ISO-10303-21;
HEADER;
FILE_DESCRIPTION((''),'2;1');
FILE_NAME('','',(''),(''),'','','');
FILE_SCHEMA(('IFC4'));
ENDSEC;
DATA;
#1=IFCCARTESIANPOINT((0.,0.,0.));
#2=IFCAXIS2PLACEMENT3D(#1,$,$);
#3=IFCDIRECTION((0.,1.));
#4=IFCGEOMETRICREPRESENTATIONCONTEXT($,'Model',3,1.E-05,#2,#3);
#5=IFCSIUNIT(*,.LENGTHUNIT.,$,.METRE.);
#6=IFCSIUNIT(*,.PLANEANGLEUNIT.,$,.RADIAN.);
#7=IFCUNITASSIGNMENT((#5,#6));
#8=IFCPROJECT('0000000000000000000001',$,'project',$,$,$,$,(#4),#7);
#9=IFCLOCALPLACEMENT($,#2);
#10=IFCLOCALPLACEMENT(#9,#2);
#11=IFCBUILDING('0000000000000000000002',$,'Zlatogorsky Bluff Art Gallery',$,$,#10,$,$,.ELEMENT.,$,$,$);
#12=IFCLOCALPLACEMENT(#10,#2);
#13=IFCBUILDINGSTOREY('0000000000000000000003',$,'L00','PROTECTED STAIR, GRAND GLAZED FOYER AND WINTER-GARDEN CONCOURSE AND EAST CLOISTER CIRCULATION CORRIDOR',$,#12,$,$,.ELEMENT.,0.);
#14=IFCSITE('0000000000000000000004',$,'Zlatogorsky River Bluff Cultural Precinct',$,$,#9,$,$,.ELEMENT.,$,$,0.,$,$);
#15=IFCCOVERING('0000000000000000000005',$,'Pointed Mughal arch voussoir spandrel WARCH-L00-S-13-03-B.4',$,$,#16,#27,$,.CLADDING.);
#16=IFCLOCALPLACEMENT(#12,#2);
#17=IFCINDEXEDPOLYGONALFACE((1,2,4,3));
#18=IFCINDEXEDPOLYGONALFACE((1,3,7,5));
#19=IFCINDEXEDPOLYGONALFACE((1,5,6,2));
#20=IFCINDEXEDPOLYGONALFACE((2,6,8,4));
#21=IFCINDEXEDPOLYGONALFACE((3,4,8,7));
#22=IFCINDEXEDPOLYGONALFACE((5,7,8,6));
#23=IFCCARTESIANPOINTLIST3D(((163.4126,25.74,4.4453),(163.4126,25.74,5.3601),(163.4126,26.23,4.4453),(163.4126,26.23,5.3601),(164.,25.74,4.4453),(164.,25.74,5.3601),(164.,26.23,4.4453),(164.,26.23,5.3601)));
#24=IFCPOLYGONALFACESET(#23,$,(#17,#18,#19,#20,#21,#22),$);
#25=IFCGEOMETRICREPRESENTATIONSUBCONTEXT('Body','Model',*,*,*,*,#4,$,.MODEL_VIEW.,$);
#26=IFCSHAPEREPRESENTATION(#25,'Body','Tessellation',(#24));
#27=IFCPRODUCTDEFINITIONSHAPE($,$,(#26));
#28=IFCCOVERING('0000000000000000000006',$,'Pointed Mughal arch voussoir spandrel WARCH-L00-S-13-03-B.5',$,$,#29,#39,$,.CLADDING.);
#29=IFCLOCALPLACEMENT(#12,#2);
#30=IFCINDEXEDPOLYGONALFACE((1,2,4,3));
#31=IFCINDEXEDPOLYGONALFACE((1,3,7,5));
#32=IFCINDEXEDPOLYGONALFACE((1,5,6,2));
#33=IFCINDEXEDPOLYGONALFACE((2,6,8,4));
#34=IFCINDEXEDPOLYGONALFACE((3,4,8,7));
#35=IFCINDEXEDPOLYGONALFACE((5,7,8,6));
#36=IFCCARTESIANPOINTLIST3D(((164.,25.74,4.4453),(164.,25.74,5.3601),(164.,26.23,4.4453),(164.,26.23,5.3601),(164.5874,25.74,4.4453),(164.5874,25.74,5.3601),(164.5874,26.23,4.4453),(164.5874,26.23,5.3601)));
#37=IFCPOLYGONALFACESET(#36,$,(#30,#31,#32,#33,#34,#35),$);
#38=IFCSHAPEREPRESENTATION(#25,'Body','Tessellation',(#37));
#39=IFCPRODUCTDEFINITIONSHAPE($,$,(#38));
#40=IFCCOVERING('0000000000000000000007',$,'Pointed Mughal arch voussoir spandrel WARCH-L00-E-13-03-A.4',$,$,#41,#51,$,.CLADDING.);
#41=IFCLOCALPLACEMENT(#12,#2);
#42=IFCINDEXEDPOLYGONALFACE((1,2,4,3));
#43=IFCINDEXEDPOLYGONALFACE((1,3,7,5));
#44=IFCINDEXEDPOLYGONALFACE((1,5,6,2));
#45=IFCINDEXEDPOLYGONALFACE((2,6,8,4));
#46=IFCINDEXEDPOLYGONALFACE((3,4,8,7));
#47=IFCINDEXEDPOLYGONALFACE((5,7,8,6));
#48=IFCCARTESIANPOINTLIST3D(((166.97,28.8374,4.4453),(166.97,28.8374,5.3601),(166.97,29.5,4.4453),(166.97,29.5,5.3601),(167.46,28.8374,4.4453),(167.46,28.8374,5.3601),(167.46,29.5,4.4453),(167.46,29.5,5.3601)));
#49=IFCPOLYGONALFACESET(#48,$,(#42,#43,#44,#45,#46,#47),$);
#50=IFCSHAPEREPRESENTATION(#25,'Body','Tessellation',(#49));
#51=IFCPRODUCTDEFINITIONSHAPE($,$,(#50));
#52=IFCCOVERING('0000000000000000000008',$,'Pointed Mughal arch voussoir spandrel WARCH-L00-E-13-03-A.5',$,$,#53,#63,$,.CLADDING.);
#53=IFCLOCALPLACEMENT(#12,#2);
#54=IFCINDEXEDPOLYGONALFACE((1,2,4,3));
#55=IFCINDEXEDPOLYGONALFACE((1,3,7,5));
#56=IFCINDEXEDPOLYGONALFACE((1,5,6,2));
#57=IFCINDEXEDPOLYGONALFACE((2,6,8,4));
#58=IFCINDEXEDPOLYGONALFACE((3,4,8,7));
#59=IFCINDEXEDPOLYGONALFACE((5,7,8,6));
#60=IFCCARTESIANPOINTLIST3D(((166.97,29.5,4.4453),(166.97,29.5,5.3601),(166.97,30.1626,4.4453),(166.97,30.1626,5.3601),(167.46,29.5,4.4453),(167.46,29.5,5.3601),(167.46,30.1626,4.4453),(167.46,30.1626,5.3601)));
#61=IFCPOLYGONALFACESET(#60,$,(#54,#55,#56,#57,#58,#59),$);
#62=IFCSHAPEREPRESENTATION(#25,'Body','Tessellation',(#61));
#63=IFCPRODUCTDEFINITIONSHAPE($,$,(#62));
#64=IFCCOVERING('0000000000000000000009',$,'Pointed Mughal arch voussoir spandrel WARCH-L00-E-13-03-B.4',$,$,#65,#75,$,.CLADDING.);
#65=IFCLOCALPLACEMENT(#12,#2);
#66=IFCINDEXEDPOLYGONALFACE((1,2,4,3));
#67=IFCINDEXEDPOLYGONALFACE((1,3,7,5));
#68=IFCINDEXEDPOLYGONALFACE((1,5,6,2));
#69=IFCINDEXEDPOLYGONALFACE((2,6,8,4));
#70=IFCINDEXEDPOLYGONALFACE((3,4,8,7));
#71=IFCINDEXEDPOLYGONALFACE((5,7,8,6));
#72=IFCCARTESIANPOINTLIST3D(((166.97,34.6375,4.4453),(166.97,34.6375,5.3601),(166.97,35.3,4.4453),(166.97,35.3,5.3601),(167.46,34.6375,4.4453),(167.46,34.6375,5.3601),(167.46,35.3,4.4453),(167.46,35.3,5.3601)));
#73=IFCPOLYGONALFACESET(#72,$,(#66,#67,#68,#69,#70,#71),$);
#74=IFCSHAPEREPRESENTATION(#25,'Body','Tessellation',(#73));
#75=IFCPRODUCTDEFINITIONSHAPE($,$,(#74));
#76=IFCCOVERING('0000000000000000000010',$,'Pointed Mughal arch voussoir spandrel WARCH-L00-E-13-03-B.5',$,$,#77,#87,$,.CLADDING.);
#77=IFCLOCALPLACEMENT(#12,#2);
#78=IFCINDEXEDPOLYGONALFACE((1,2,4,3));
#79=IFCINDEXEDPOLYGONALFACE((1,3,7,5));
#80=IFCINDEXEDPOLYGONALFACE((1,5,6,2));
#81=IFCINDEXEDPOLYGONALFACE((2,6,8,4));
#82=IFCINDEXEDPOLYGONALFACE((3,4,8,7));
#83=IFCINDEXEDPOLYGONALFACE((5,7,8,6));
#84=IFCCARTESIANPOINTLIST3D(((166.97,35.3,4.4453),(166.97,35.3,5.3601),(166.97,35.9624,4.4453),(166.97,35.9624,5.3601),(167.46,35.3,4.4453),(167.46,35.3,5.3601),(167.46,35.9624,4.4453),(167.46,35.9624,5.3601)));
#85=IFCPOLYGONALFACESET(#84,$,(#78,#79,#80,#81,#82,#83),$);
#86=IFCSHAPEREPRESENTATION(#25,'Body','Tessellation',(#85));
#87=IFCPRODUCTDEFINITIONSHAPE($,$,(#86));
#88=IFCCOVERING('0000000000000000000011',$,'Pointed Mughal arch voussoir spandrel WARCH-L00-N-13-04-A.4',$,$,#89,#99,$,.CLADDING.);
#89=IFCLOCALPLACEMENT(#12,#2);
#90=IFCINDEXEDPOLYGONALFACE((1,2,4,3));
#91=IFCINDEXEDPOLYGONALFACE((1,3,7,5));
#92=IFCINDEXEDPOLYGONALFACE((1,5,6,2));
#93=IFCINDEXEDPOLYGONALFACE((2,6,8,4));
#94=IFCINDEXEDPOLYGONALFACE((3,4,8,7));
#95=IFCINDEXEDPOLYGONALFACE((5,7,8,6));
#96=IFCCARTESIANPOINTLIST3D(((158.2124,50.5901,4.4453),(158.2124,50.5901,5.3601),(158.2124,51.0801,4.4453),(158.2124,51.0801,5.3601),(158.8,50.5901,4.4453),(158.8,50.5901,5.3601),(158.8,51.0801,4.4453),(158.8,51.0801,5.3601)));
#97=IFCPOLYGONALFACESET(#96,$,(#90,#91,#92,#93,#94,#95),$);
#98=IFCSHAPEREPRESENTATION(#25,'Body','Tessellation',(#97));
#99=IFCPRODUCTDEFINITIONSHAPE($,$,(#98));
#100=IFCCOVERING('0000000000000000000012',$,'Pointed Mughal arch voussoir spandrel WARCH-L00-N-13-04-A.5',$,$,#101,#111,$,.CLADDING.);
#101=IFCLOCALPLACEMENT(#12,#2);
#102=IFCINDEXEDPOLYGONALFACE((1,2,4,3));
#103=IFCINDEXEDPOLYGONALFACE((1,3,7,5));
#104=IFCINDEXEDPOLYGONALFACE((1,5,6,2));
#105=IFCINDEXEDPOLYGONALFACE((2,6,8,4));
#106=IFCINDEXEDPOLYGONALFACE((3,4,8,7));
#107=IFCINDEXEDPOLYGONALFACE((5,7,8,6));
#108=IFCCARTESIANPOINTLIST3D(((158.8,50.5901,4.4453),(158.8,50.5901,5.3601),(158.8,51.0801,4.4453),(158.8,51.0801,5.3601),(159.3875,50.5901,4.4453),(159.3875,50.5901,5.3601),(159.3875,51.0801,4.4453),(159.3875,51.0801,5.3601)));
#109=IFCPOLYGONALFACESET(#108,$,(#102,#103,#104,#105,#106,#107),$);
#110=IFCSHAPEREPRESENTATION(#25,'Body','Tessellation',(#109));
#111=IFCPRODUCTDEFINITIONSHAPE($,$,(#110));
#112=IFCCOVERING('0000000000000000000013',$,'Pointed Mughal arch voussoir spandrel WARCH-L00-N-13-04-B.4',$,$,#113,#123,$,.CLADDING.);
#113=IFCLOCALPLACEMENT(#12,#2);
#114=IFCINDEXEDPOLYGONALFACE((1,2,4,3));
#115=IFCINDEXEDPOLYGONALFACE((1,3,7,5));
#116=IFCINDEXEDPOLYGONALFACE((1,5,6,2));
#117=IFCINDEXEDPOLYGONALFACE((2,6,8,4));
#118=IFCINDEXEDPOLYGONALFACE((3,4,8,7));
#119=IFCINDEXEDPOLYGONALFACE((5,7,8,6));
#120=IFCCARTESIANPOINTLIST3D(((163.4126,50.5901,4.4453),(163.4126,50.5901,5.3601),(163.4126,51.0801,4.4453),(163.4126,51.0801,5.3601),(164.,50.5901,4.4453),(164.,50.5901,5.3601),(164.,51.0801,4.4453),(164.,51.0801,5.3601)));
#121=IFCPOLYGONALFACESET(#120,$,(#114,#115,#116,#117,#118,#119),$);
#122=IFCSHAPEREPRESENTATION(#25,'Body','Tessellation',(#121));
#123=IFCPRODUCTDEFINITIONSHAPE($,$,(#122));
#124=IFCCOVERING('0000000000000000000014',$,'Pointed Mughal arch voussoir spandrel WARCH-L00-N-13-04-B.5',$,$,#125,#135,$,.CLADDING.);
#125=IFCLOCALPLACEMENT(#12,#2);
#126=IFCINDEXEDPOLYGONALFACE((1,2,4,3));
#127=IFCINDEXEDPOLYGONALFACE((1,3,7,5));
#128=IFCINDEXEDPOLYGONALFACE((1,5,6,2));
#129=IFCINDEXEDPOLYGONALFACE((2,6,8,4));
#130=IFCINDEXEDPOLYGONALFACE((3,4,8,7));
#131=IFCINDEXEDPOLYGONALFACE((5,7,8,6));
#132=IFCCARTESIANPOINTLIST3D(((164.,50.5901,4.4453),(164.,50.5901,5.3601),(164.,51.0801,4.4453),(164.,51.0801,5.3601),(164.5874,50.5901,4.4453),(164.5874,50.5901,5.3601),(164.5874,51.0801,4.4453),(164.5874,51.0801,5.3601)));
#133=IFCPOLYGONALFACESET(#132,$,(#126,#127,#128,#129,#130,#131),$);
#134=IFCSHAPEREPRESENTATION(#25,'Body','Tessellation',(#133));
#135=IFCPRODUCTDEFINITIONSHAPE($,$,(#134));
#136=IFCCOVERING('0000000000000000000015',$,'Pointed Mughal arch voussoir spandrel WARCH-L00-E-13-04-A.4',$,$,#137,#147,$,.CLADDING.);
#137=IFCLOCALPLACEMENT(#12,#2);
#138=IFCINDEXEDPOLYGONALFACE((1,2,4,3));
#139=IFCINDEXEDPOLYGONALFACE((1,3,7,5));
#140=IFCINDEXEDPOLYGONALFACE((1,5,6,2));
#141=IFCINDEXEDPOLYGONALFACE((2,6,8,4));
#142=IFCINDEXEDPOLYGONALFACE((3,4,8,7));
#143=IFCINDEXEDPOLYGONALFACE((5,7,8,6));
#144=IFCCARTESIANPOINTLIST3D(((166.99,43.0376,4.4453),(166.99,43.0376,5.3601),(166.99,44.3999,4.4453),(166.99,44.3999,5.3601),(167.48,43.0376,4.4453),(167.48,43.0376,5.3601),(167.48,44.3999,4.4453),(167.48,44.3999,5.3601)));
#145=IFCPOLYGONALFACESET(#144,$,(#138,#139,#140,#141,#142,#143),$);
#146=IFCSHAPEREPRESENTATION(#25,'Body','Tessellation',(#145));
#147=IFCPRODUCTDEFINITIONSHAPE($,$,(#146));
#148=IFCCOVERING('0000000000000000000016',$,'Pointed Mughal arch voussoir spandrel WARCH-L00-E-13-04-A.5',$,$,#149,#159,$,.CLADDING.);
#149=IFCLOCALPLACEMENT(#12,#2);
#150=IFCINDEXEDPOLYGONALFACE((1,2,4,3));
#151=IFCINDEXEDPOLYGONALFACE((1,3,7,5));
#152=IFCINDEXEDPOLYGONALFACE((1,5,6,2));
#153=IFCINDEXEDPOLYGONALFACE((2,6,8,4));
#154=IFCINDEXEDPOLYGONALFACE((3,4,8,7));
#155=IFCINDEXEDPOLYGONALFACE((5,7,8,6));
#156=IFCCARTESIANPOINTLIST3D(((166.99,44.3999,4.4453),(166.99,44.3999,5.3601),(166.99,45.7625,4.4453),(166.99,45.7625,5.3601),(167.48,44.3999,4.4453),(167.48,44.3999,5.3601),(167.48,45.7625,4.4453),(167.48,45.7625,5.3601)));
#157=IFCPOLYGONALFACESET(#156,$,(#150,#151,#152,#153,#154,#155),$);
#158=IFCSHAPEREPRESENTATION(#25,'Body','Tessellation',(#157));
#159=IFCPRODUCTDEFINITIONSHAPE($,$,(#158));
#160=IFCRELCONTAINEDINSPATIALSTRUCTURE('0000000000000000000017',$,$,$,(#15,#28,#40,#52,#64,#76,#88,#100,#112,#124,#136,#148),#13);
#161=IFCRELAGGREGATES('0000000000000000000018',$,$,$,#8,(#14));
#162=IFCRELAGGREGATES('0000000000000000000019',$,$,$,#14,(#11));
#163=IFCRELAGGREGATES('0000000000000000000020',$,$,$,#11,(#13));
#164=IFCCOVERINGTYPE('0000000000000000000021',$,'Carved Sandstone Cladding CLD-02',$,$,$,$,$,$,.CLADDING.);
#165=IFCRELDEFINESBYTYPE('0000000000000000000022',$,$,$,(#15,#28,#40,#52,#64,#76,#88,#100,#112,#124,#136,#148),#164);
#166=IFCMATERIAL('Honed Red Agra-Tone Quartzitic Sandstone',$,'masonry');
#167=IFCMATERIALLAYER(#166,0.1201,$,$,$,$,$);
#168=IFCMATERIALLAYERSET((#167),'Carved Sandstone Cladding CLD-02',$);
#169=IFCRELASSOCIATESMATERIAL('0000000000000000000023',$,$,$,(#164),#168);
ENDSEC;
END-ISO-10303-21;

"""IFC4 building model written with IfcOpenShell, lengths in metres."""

from ifc_helpers import new_model, si_unit, direction, frame, origin, place, context, subcontext, project, spatial, polyline, outline, extrude, material, layer, layer_set, type_object, element, save


model = new_model("IFC4")

# Units and contexts
model_context = context("Model", 3, precision=1e-05, world=origin(), true_north=direction((0.0, 1.0)))
body_context = subcontext(model_context, "Body", "Model", "MODEL_VIEW")
ifc_project = project(units=[si_unit("LENGTHUNIT", "METRE"), si_unit("PLANEANGLEUNIT", "RADIAN")], contexts=[model_context])

# Site, building, storey
site_placement = place(None, origin())
site = spatial("IfcSite", under=ifc_project, at=site_placement, Name="Zlatogorsky River Bluff Cultural Precinct", CompositionType="ELEMENT", RefElevation=0.0)
building_placement = place(site_placement, origin())
building = spatial("IfcBuilding", under=site, at=building_placement, Name="Zlatogorsky Bluff Art Gallery", CompositionType="ELEMENT")
storey_placement = place(building_placement, origin())
storey = spatial("IfcBuildingStorey", under=building, at=storey_placement, Name="L00", Description="PROTECTED STAIR, GRAND GLAZED FOYER AND WINTER-GARDEN CONCOURSE AND EAST CLOISTER CIRCULATION CORRIDOR", CompositionType="ELEMENT", Elevation=0.0)

# Coverings
ifc_material = material(Name="Honed Red Agra-Tone Quartzitic Sandstone", Category="masonry")
ifc_layer = layer(ifc_material, 0.1201)
ifc_layer_set = layer_set([ifc_layer], Name="Carved Sandstone Cladding CLD-02")
covering_type = type_object("IfcCoveringType", Name="Carved Sandstone Cladding CLD-02", PredefinedType="CLADDING", material=ifc_layer_set)
covering_1_placement = place(storey_placement, frame((0.0, 0.0, 4.4453)))
element("IfcCovering", 1, at=covering_1_placement, inside=storey, type_object=covering_type, Name="Pointed Mughal arch voussoir spandrel WARCH-L00-S-13-03-B.4", PredefinedType="CLADDING", context=body_context, shape_type="SweptSolid", body=[
    extrude(outline(polyline([(163.4126, 25.74), (164.0, 25.74), (164.0, 26.23), (163.4126, 26.23), (163.4126, 25.74)])), origin(), (0.0, 0.0, 1.0), 0.9148),
])
covering_2_placement = place(storey_placement, frame((0.0, 0.0, 4.4453)))
element("IfcCovering", 2, at=covering_2_placement, inside=storey, type_object=covering_type, Name="Pointed Mughal arch voussoir spandrel WARCH-L00-S-13-03-B.5", PredefinedType="CLADDING", context=body_context, shape_type="SweptSolid", body=[
    extrude(outline(polyline([(164.0, 25.74), (164.5874, 25.74), (164.5874, 26.23), (164.0, 26.23), (164.0, 25.74)])), origin(), (0.0, 0.0, 1.0), 0.9148),
])
covering_3_placement = place(storey_placement, frame((0.0, 0.0, 4.4453)))
element("IfcCovering", 3, at=covering_3_placement, inside=storey, type_object=covering_type, Name="Pointed Mughal arch voussoir spandrel WARCH-L00-E-13-03-A.4", PredefinedType="CLADDING", context=body_context, shape_type="SweptSolid", body=[
    extrude(outline(polyline([(166.97, 28.8374), (166.97, 29.5), (167.46, 29.5), (167.46, 28.8374), (166.97, 28.8374)])), origin(), (0.0, 0.0, 1.0), 0.9148),
])
covering_4_placement = place(storey_placement, frame((0.0, 0.0, 4.4453)))
element("IfcCovering", 4, at=covering_4_placement, inside=storey, type_object=covering_type, Name="Pointed Mughal arch voussoir spandrel WARCH-L00-E-13-03-A.5", PredefinedType="CLADDING", context=body_context, shape_type="SweptSolid", body=[
    extrude(outline(polyline([(166.97, 29.5), (166.97, 30.1626), (167.46, 30.1626), (167.46, 29.5), (166.97, 29.5)])), origin(), (0.0, 0.0, 1.0), 0.9148),
])
covering_5_placement = place(storey_placement, frame((0.0, 0.0, 4.4453)))
element("IfcCovering", 5, at=covering_5_placement, inside=storey, type_object=covering_type, Name="Pointed Mughal arch voussoir spandrel WARCH-L00-E-13-03-B.4", PredefinedType="CLADDING", context=body_context, shape_type="SweptSolid", body=[
    extrude(outline(polyline([(166.97, 34.6375), (166.97, 35.3), (167.46, 35.3), (167.46, 34.6375), (166.97, 34.6375)])), origin(), (0.0, 0.0, 1.0), 0.9148),
])
covering_6_placement = place(storey_placement, frame((0.0, 0.0, 4.4453)))
element("IfcCovering", 6, at=covering_6_placement, inside=storey, type_object=covering_type, Name="Pointed Mughal arch voussoir spandrel WARCH-L00-E-13-03-B.5", PredefinedType="CLADDING", context=body_context, shape_type="SweptSolid", body=[
    extrude(outline(polyline([(166.97, 35.3), (166.97, 35.9624), (167.46, 35.9624), (167.46, 35.3), (166.97, 35.3)])), origin(), (0.0, 0.0, 1.0), 0.9148),
])
covering_7_placement = place(storey_placement, frame((0.0, 0.0, 4.4453)))
element("IfcCovering", 7, at=covering_7_placement, inside=storey, type_object=covering_type, Name="Pointed Mughal arch voussoir spandrel WARCH-L00-N-13-04-A.4", PredefinedType="CLADDING", context=body_context, shape_type="SweptSolid", body=[
    extrude(outline(polyline([(158.2124, 50.5901), (158.8, 50.5901), (158.8, 51.0801), (158.2124, 51.0801), (158.2124, 50.5901)])), origin(), (0.0, 0.0, 1.0), 0.9148),
])
covering_8_placement = place(storey_placement, frame((0.0, 0.0, 4.4453)))
element("IfcCovering", 8, at=covering_8_placement, inside=storey, type_object=covering_type, Name="Pointed Mughal arch voussoir spandrel WARCH-L00-N-13-04-A.5", PredefinedType="CLADDING", context=body_context, shape_type="SweptSolid", body=[
    extrude(outline(polyline([(158.8, 50.5901), (159.3875, 50.5901), (159.3875, 51.0801), (158.8, 51.0801), (158.8, 50.5901)])), origin(), (0.0, 0.0, 1.0), 0.9148),
])
covering_9_placement = place(storey_placement, frame((0.0, 0.0, 4.4453)))
element("IfcCovering", 9, at=covering_9_placement, inside=storey, type_object=covering_type, Name="Pointed Mughal arch voussoir spandrel WARCH-L00-N-13-04-B.4", PredefinedType="CLADDING", context=body_context, shape_type="SweptSolid", body=[
    extrude(outline(polyline([(163.4126, 50.5901), (164.0, 50.5901), (164.0, 51.0801), (163.4126, 51.0801), (163.4126, 50.5901)])), origin(), (0.0, 0.0, 1.0), 0.9148),
])
covering_10_placement = place(storey_placement, frame((0.0, 0.0, 4.4453)))
element("IfcCovering", 10, at=covering_10_placement, inside=storey, type_object=covering_type, Name="Pointed Mughal arch voussoir spandrel WARCH-L00-N-13-04-B.5", PredefinedType="CLADDING", context=body_context, shape_type="SweptSolid", body=[
    extrude(outline(polyline([(164.0, 50.5901), (164.5874, 50.5901), (164.5874, 51.0801), (164.0, 51.0801), (164.0, 50.5901)])), origin(), (0.0, 0.0, 1.0), 0.9148),
])
covering_11_placement = place(storey_placement, frame((0.0, 0.0, 4.4453)))
element("IfcCovering", 11, at=covering_11_placement, inside=storey, type_object=covering_type, Name="Pointed Mughal arch voussoir spandrel WARCH-L00-E-13-04-A.4", PredefinedType="CLADDING", context=body_context, shape_type="SweptSolid", body=[
    extrude(outline(polyline([(166.99, 43.0376), (166.99, 44.3999), (167.48, 44.3999), (167.48, 43.0376), (166.99, 43.0376)])), origin(), (0.0, 0.0, 1.0), 0.9148),
])
covering_12_placement = place(storey_placement, frame((0.0, 0.0, 4.4453)))
element("IfcCovering", 12, at=covering_12_placement, inside=storey, type_object=covering_type, Name="Pointed Mughal arch voussoir spandrel WARCH-L00-E-13-04-A.5", PredefinedType="CLADDING", context=body_context, shape_type="SweptSolid", body=[
    extrude(outline(polyline([(166.99, 44.3999), (166.99, 45.7625), (167.48, 45.7625), (167.48, 44.3999), (166.99, 44.3999)])), origin(), (0.0, 0.0, 1.0), 0.9148),
])

save(model, "model.ifc")
